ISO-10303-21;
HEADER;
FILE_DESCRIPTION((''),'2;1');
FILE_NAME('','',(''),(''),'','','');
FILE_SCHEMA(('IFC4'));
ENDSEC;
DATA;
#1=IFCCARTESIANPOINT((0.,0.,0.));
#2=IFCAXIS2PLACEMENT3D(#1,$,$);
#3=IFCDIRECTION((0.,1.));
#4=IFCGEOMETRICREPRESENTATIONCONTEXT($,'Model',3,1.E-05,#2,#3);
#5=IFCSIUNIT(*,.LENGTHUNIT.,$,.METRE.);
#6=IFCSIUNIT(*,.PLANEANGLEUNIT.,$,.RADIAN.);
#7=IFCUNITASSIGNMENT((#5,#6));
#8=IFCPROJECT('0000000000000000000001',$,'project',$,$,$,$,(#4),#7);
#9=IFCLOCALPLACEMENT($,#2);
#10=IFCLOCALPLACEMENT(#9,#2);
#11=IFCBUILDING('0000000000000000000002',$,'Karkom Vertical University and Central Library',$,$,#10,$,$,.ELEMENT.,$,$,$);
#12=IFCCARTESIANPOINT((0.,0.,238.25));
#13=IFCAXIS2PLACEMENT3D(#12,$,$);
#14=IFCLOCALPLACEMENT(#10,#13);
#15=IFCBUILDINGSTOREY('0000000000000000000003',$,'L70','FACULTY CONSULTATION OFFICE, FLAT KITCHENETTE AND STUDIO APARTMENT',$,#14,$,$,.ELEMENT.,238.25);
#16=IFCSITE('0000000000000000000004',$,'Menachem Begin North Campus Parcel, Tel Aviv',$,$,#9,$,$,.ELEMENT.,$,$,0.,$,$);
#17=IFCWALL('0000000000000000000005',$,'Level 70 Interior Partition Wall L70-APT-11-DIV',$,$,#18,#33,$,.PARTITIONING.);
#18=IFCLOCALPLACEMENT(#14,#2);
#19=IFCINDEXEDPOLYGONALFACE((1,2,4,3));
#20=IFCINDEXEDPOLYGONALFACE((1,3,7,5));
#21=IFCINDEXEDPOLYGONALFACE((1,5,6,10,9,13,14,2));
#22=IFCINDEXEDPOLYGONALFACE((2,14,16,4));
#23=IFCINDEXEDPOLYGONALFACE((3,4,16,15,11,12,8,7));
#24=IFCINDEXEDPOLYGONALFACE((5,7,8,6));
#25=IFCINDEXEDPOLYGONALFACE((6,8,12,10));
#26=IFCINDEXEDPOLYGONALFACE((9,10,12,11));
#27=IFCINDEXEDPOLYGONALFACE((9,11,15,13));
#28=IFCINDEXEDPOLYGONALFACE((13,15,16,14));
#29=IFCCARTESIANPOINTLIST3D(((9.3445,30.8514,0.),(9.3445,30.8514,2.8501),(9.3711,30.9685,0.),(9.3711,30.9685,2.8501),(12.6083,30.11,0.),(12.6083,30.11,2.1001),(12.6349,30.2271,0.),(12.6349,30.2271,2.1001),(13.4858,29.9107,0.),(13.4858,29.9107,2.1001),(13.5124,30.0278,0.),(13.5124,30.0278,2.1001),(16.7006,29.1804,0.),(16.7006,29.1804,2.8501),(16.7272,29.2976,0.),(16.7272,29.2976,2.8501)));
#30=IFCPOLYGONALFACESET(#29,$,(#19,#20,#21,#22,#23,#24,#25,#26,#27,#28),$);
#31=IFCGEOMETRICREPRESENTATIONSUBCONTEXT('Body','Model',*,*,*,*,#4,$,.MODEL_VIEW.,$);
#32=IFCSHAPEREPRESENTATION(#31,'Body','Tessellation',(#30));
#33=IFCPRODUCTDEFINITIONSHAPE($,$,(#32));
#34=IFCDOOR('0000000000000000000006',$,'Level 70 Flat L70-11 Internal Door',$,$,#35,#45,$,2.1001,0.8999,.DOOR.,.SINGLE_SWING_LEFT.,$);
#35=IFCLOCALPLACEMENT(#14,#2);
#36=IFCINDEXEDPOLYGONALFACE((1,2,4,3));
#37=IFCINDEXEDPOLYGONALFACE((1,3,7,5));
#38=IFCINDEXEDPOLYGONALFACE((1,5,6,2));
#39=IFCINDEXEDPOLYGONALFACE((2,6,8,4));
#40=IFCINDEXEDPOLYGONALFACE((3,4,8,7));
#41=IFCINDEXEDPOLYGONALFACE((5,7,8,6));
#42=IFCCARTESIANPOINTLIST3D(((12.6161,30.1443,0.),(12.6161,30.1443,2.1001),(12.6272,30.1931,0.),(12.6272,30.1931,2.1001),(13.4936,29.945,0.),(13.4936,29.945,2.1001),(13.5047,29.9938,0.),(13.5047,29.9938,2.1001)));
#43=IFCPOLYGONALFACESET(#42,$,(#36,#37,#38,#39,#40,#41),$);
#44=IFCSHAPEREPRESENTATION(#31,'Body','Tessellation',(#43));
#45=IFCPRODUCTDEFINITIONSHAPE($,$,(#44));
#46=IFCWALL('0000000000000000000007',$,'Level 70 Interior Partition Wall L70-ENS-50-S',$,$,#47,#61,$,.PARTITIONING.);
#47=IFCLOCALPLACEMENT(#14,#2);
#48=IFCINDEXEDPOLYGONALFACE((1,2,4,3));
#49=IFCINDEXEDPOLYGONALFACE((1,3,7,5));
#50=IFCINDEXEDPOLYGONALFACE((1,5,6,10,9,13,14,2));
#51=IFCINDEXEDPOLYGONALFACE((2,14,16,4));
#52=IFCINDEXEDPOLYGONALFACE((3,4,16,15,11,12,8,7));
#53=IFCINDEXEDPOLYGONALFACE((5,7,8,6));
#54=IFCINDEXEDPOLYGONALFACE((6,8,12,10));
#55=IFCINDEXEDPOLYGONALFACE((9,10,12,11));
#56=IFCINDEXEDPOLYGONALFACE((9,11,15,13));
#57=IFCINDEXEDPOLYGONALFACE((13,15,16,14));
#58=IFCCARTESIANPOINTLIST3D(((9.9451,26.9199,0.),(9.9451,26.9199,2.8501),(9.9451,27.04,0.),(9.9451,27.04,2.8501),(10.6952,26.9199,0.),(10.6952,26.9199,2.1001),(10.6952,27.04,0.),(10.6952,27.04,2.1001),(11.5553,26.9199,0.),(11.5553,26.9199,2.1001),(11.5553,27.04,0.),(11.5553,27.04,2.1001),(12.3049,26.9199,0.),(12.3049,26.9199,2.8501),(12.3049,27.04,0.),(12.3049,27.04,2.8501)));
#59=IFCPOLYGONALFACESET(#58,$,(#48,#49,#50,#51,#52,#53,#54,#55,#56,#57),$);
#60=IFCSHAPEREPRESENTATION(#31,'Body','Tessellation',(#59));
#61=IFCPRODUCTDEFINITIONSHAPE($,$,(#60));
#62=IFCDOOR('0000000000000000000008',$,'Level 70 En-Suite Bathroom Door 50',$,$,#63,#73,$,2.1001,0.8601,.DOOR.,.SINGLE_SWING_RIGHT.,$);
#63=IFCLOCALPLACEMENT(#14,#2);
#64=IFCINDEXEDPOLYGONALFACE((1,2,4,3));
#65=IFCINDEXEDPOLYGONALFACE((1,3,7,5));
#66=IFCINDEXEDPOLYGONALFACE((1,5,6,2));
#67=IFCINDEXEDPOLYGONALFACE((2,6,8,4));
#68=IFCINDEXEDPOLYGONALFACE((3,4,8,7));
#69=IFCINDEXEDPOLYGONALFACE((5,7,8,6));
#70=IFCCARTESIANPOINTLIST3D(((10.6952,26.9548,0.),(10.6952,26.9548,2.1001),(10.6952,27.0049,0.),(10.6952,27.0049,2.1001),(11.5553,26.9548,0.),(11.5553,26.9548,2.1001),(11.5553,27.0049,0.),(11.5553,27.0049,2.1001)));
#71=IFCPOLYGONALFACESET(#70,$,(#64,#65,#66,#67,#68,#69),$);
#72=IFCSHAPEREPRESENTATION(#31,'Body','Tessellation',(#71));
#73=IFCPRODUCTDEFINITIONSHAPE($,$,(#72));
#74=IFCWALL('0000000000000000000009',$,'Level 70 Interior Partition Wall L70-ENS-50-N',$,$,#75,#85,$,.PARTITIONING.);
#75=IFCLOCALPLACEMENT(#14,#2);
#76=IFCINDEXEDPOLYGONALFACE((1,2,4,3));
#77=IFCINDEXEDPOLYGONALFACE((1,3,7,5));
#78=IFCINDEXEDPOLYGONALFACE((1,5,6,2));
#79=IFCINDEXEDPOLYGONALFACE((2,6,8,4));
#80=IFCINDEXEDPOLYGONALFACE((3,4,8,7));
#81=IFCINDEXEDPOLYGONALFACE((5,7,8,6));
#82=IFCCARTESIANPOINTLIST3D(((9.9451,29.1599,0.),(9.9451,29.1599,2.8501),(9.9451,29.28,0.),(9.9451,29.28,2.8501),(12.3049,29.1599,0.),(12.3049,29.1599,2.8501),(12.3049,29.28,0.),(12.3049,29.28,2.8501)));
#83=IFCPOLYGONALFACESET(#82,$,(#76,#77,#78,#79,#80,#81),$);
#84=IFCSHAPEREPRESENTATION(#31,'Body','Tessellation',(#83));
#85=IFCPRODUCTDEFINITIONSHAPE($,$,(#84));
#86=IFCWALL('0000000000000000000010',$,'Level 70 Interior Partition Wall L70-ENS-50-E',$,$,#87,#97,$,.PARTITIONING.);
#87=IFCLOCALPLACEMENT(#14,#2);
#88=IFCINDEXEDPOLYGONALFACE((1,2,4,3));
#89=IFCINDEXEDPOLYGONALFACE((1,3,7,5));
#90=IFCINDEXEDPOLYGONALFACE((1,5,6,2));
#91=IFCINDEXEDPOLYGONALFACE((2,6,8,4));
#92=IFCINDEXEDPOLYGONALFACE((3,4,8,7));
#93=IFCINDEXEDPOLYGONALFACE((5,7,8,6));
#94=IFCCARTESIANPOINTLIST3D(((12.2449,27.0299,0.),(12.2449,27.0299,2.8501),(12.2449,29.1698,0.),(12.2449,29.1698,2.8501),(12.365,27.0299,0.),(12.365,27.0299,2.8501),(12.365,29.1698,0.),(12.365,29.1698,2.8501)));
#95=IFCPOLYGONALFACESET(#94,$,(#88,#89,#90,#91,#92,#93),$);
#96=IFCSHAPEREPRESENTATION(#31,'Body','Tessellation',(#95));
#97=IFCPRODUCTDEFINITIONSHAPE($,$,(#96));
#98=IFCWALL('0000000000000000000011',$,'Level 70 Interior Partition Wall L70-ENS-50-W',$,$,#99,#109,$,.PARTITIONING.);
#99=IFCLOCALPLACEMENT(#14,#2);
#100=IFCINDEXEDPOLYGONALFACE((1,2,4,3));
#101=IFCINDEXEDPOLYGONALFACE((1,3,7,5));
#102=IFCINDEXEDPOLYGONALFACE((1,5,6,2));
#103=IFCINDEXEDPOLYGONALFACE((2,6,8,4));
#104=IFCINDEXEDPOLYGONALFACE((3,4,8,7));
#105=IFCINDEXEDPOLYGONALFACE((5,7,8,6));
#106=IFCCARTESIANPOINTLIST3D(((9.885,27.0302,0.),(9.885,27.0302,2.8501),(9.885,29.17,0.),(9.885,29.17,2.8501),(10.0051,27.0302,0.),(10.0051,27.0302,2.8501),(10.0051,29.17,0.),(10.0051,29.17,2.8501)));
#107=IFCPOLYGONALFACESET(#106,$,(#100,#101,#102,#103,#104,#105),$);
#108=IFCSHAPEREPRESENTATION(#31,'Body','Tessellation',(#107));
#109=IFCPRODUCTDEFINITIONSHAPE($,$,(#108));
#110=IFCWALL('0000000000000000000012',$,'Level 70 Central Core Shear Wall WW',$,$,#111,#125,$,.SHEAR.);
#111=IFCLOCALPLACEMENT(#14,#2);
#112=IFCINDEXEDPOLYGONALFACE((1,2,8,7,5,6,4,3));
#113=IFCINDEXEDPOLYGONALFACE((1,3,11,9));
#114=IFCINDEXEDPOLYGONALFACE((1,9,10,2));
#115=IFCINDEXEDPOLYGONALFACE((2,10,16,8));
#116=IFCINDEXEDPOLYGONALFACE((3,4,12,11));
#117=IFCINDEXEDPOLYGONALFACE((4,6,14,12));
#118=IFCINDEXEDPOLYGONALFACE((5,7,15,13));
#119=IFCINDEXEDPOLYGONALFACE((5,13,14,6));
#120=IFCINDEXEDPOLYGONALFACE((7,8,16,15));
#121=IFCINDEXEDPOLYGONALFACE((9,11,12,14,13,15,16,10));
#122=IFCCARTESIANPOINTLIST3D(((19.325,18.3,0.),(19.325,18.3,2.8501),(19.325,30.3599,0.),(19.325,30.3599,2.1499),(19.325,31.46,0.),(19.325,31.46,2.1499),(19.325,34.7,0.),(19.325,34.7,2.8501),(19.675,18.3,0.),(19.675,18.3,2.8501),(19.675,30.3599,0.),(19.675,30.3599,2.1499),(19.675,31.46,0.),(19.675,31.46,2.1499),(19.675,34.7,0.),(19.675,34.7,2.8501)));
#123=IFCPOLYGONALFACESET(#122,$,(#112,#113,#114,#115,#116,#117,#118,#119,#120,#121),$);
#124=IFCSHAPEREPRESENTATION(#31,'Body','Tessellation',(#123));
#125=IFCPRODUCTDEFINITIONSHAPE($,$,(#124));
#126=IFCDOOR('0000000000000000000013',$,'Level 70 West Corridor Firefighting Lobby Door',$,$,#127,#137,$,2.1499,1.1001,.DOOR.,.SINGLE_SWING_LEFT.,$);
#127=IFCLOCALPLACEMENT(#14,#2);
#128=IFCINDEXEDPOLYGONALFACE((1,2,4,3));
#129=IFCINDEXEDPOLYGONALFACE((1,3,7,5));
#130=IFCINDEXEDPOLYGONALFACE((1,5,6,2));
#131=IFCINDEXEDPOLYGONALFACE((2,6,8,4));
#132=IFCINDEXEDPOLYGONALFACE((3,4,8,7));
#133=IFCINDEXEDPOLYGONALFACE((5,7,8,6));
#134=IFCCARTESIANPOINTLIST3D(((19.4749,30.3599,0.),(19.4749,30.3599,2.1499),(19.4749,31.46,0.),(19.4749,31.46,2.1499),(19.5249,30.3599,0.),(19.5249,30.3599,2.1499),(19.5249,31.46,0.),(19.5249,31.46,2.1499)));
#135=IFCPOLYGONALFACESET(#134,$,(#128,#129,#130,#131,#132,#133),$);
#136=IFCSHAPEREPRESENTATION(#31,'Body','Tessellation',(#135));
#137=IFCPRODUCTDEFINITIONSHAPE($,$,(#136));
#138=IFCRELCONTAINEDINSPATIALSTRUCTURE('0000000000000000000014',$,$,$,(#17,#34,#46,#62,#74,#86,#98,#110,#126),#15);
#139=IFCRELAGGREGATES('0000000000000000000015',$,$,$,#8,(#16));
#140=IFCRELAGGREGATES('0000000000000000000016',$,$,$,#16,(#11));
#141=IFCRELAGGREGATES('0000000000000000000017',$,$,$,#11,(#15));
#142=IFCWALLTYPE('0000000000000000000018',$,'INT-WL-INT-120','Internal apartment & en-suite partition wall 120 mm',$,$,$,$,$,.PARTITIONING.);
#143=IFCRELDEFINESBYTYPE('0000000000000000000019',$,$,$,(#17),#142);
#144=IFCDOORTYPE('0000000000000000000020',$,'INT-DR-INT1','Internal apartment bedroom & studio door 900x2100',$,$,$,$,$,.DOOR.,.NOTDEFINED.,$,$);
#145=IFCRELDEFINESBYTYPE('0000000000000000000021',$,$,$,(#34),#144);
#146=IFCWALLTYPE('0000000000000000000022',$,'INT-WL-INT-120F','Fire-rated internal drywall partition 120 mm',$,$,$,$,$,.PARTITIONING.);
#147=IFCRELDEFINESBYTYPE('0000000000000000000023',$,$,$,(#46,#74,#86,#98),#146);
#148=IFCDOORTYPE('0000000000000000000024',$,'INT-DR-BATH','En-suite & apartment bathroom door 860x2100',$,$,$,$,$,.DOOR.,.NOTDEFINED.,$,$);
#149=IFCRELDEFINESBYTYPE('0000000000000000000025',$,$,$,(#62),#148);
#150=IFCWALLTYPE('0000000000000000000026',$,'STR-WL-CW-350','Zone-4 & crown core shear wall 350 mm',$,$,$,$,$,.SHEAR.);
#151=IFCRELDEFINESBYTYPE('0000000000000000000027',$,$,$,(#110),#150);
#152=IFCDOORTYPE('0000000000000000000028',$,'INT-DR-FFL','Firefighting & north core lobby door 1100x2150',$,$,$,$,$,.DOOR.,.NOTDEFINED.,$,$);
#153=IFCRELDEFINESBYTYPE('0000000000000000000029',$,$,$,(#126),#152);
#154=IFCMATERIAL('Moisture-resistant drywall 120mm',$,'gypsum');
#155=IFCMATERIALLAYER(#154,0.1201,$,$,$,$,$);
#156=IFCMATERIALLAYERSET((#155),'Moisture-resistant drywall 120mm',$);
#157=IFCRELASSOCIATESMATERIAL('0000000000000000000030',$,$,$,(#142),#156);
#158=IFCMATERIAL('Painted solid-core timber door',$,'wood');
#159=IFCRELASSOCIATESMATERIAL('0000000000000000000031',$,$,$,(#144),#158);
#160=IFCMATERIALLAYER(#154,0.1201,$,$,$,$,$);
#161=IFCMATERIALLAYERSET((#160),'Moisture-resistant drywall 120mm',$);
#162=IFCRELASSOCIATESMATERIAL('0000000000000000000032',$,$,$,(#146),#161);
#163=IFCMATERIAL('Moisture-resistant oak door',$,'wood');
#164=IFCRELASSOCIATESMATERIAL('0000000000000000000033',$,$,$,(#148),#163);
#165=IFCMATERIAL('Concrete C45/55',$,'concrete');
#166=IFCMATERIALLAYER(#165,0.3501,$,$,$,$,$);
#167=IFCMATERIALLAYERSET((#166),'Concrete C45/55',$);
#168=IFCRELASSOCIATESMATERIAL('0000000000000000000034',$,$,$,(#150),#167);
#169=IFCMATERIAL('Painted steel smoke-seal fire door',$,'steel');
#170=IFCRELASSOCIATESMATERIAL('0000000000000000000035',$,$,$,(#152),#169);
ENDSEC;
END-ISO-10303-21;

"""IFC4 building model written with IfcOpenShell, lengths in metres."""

from ifc_helpers import new_model, si_unit, direction, frame, frame_2d, origin, origin_with_axes, place, context, subcontext, project, spatial, rectangle, extrude, source, transform, mapped, material, layer, layer_set, type_object, element, fill, save


model = new_model("IFC4")

# Units and contexts
model_context = context("Model", 3, precision=1e-05, world=origin(), true_north=direction((0.0, 1.0)))
body_context = subcontext(model_context, "Body", "Model", "MODEL_VIEW")
ifc_project = project(units=[si_unit("LENGTHUNIT", "METRE"), si_unit("PLANEANGLEUNIT", "RADIAN")], contexts=[model_context])

# Site, building, storey
site_placement = place(None, origin())
site = spatial("IfcSite", under=ifc_project, at=site_placement, Name="Menachem Begin North Campus Parcel, Tel Aviv", CompositionType="ELEMENT", RefElevation=0.0)
building_placement = place(site_placement, origin())
building = spatial("IfcBuilding", under=site, at=building_placement, Name="Karkom Vertical University and Central Library", CompositionType="ELEMENT")
storey_placement = place(building_placement, frame((0.0, 0.0, 238.25)))
storey = spatial("IfcBuildingStorey", under=building, at=storey_placement, Name="L70", Description="FACULTY CONSULTATION OFFICE, FLAT KITCHENETTE AND STUDIO APARTMENT", CompositionType="ELEMENT", Elevation=238.25)

# Shared definitions
ifc_material_1 = material(Name="Concrete C45/55", Category="concrete")

# Walls, openings, doors
ifc_material_2 = material(Name="Moisture-resistant drywall 120mm", Category="gypsum")
ifc_layer_1 = layer(ifc_material_2, 0.1201)
ifc_layer_set_1 = layer_set([ifc_layer_1], Name="Moisture-resistant drywall 120mm")
wall_type_1 = type_object("IfcWallType", Name="INT-WL-INT-120", Description="Internal apartment & en-suite partition wall 120 mm", PredefinedType="PARTITIONING", material=ifc_layer_set_1)
wall_1_placement = place(storey_placement, frame((16.7139, 29.239, 0.0), z_axis=(0.0, 0.0, 1.0), x_axis=(-0.975159, 0.221506, 0.0)))
wall_1 = element("IfcWall", 1, at=wall_1_placement, inside=storey, type_object=wall_type_1, Name="Level 70 Interior Partition Wall L70-APT-11-DIV", PredefinedType="PARTITIONING", context=body_context, shape_type="SweptSolid", body=[
    extrude(rectangle(XDim=7.5435, YDim=0.1201, at=frame_2d((3.7717, 0.0))), origin(), (0.0, 0.0, 1.0), 2.8501),
])
opening_1_placement = place(wall_1_placement, frame((3.2966, 0.0, 0.0)))
opening_1 = element("IfcOpeningElement", 2, at=opening_1_placement, cuts=wall_1, PredefinedType="OPENING", context=body_context, shape_type="SweptSolid", body=[
    extrude(rectangle(XDim=0.8999, YDim=2.1001, at=frame_2d((0.45, 1.05))), frame((0.0, 0.0701, 0.0), z_axis=(0.0, -1.0, 0.0), x_axis=(1.0, 0.0, 0.0)), (0.0, 0.0, 1.0), 0.1401),
])
ifc_material_3 = material(Name="Painted solid-core timber door", Category="wood")
door_type_1 = type_object("IfcDoorType", Name="INT-DR-INT1", Description="Internal apartment bedroom & studio door 900x2100", OperationType="NOTDEFINED", PredefinedType="DOOR", material=ifc_material_3)
shared_shape_1 = source(origin_with_axes(), body_context, "Body", "SweptSolid", [
    extrude(rectangle(XDim=0.8999, YDim=2.1001, at=frame_2d((0.45, 1.05))), frame((0.0, 0.0249, 0.0), z_axis=(0.0, -1.0, 0.0), x_axis=(1.0, 0.0, 0.0)), (0.0, 0.0, 1.0), 0.05),
])
door_1_placement = place(opening_1_placement, origin())
door_1 = element("IfcDoor", 3, at=door_1_placement, inside=storey, type_object=door_type_1, Name="Level 70 Flat L70-11 Internal Door", OperationType="SINGLE_SWING_LEFT", OverallHeight=2.1001, OverallWidth=0.8999, PredefinedType="DOOR", context=body_context, shape_type="MappedRepresentation", body=[
    mapped(shared_shape_1, transform((0.0, 0.0, 0.0), scale=1.0)),
])
fill(opening_1, door_1)
ifc_layer_2 = layer(ifc_material_2, 0.1201)
ifc_layer_set_2 = layer_set([ifc_layer_2], Name="Moisture-resistant drywall 120mm")
wall_type_2 = type_object("IfcWallType", Name="INT-WL-INT-120F", Description="Fire-rated internal drywall partition 120 mm", PredefinedType="PARTITIONING", material=ifc_layer_set_2)
wall_2_placement = place(storey_placement, frame((9.9451, 26.98, 0.0), z_axis=(0.0, 0.0, 1.0), x_axis=(1.0, 0.0, 0.0)))
wall_2 = element("IfcWall", 4, at=wall_2_placement, inside=storey, type_object=wall_type_2, Name="Level 70 Interior Partition Wall L70-ENS-50-S", PredefinedType="PARTITIONING", context=body_context, shape_type="SweptSolid", body=[
    extrude(rectangle(XDim=2.3599, YDim=0.1201, at=frame_2d((1.1799, 0.0))), origin(), (0.0, 0.0, 1.0), 2.8501),
])
opening_2_placement = place(wall_2_placement, frame((0.75, 0.0, 0.0)))
opening_2 = element("IfcOpeningElement", 5, at=opening_2_placement, cuts=wall_2, PredefinedType="OPENING", context=body_context, shape_type="SweptSolid", body=[
    extrude(rectangle(XDim=0.8601, YDim=2.1001, at=frame_2d((0.4302, 1.05))), frame((0.0, 0.0701, 0.0), z_axis=(0.0, -1.0, 0.0), x_axis=(1.0, 0.0, 0.0)), (0.0, 0.0, 1.0), 0.1401),
])
ifc_material_4 = material(Name="Moisture-resistant oak door", Category="wood")
door_type_2 = type_object("IfcDoorType", Name="INT-DR-BATH", Description="En-suite & apartment bathroom door 860x2100", OperationType="NOTDEFINED", PredefinedType="DOOR", material=ifc_material_4)
shared_shape_2 = source(origin_with_axes(), body_context, "Body", "SweptSolid", [
    extrude(rectangle(XDim=0.8601, YDim=2.1001, at=frame_2d((0.4302, 1.05))), frame((0.0, 0.0249, 0.0), z_axis=(0.0, -1.0, 0.0), x_axis=(1.0, 0.0, 0.0)), (0.0, 0.0, 1.0), 0.05),
])
door_2_placement = place(opening_2_placement, origin())
door_2 = element("IfcDoor", 6, at=door_2_placement, inside=storey, type_object=door_type_2, Name="Level 70 En-Suite Bathroom Door 50", OperationType="SINGLE_SWING_RIGHT", OverallHeight=2.1001, OverallWidth=0.8601, PredefinedType="DOOR", context=body_context, shape_type="MappedRepresentation", body=[
    mapped(shared_shape_2, transform((0.0, 0.0, 0.0), scale=1.0)),
])
fill(opening_2, door_2)

# Walls
wall_3_placement = place(storey_placement, frame((12.3049, 29.22, 0.0), z_axis=(0.0, 0.0, 1.0), x_axis=(-1.0, 0.0, 0.0)))
element("IfcWall", 7, at=wall_3_placement, inside=storey, type_object=wall_type_2, Name="Level 70 Interior Partition Wall L70-ENS-50-N", PredefinedType="PARTITIONING", context=body_context, shape_type="SweptSolid", body=[
    extrude(rectangle(XDim=2.3599, YDim=0.1201, at=frame_2d((1.1799, 0.0))), origin(), (0.0, 0.0, 1.0), 2.8501),
])
for number, where, z_axis, x_axis, name in (
    (8, (12.3049, 27.03, 0.0), (0.0, 0.0, 1.0), (0.0, 1.0, 0.0), "Level 70 Interior Partition Wall L70-ENS-50-E"),
    (9, (9.9451, 29.1699, 0.0), (0.0, 0.0, 1.0), (0.0, -1.0, 0.0), "Level 70 Interior Partition Wall L70-ENS-50-W"),
):
    element("IfcWall", number, at=place(storey_placement, frame(where, z_axis=z_axis, x_axis=x_axis)), inside=storey, type_object=wall_type_2, Name=name, PredefinedType="PARTITIONING", context=body_context, shape_type="SweptSolid", body=[
        extrude(rectangle(XDim=2.1399, YDim=0.1201, at=frame_2d((1.0698, 0.0))), origin(), (0.0, 0.0, 1.0), 2.8501),
    ])

# Wall, opening, door
ifc_layer_3 = layer(ifc_material_1, 0.3501)
ifc_layer_set_3 = layer_set([ifc_layer_3], Name="Concrete C45/55")
wall_type_3 = type_object("IfcWallType", Name="STR-WL-CW-350", Description="Zone-4 & crown core shear wall 350 mm", PredefinedType="SHEAR", material=ifc_layer_set_3)
wall_4_placement = place(storey_placement, frame((19.5, 34.7, 0.0), z_axis=(0.0, 0.0, 1.0), x_axis=(0.0, -1.0, 0.0)))
wall_4 = element("IfcWall", 10, at=wall_4_placement, inside=storey, type_object=wall_type_3, Name="Level 70 Central Core Shear Wall WW", PredefinedType="SHEAR", context=body_context, shape_type="SweptSolid", body=[
    extrude(rectangle(XDim=16.3999, YDim=0.3501, at=frame_2d((8.2, 0.0))), origin(), (0.0, 0.0, 1.0), 2.8501),
])
opening_3_placement = place(wall_4_placement, frame((3.24, 0.0, 0.0)))
opening_3 = element("IfcOpeningElement", 11, at=opening_3_placement, cuts=wall_4, PredefinedType="OPENING", context=body_context, shape_type="SweptSolid", body=[
    extrude(rectangle(XDim=1.1001, YDim=2.1499, at=frame_2d((0.55, 1.075))), frame((0.0, 0.1851, 0.0), z_axis=(0.0, -1.0, 0.0), x_axis=(1.0, 0.0, 0.0)), (0.0, 0.0, 1.0), 0.3701),
])
ifc_material_5 = material(Name="Painted steel smoke-seal fire door", Category="steel")
door_type_3 = type_object("IfcDoorType", Name="INT-DR-FFL", Description="Firefighting & north core lobby door 1100x2150", OperationType="NOTDEFINED", PredefinedType="DOOR", material=ifc_material_5)
shared_shape_3 = source(origin_with_axes(), body_context, "Body", "SweptSolid", [
    extrude(rectangle(XDim=1.1001, YDim=2.1499, at=frame_2d((0.55, 1.075))), frame((0.0, 0.0249, 0.0), z_axis=(0.0, -1.0, 0.0), x_axis=(1.0, 0.0, 0.0)), (0.0, 0.0, 1.0), 0.05),
])
door_3_placement = place(opening_3_placement, origin())
door_3 = element("IfcDoor", 12, at=door_3_placement, inside=storey, type_object=door_type_3, Name="Level 70 West Corridor Firefighting Lobby Door", OperationType="SINGLE_SWING_LEFT", OverallHeight=2.1499, OverallWidth=1.1001, PredefinedType="DOOR", context=body_context, shape_type="MappedRepresentation", body=[
    mapped(shared_shape_3, transform((0.0, 0.0, 0.0), scale=1.0)),
])
fill(opening_3, door_3)

save(model, "model.ifc")
